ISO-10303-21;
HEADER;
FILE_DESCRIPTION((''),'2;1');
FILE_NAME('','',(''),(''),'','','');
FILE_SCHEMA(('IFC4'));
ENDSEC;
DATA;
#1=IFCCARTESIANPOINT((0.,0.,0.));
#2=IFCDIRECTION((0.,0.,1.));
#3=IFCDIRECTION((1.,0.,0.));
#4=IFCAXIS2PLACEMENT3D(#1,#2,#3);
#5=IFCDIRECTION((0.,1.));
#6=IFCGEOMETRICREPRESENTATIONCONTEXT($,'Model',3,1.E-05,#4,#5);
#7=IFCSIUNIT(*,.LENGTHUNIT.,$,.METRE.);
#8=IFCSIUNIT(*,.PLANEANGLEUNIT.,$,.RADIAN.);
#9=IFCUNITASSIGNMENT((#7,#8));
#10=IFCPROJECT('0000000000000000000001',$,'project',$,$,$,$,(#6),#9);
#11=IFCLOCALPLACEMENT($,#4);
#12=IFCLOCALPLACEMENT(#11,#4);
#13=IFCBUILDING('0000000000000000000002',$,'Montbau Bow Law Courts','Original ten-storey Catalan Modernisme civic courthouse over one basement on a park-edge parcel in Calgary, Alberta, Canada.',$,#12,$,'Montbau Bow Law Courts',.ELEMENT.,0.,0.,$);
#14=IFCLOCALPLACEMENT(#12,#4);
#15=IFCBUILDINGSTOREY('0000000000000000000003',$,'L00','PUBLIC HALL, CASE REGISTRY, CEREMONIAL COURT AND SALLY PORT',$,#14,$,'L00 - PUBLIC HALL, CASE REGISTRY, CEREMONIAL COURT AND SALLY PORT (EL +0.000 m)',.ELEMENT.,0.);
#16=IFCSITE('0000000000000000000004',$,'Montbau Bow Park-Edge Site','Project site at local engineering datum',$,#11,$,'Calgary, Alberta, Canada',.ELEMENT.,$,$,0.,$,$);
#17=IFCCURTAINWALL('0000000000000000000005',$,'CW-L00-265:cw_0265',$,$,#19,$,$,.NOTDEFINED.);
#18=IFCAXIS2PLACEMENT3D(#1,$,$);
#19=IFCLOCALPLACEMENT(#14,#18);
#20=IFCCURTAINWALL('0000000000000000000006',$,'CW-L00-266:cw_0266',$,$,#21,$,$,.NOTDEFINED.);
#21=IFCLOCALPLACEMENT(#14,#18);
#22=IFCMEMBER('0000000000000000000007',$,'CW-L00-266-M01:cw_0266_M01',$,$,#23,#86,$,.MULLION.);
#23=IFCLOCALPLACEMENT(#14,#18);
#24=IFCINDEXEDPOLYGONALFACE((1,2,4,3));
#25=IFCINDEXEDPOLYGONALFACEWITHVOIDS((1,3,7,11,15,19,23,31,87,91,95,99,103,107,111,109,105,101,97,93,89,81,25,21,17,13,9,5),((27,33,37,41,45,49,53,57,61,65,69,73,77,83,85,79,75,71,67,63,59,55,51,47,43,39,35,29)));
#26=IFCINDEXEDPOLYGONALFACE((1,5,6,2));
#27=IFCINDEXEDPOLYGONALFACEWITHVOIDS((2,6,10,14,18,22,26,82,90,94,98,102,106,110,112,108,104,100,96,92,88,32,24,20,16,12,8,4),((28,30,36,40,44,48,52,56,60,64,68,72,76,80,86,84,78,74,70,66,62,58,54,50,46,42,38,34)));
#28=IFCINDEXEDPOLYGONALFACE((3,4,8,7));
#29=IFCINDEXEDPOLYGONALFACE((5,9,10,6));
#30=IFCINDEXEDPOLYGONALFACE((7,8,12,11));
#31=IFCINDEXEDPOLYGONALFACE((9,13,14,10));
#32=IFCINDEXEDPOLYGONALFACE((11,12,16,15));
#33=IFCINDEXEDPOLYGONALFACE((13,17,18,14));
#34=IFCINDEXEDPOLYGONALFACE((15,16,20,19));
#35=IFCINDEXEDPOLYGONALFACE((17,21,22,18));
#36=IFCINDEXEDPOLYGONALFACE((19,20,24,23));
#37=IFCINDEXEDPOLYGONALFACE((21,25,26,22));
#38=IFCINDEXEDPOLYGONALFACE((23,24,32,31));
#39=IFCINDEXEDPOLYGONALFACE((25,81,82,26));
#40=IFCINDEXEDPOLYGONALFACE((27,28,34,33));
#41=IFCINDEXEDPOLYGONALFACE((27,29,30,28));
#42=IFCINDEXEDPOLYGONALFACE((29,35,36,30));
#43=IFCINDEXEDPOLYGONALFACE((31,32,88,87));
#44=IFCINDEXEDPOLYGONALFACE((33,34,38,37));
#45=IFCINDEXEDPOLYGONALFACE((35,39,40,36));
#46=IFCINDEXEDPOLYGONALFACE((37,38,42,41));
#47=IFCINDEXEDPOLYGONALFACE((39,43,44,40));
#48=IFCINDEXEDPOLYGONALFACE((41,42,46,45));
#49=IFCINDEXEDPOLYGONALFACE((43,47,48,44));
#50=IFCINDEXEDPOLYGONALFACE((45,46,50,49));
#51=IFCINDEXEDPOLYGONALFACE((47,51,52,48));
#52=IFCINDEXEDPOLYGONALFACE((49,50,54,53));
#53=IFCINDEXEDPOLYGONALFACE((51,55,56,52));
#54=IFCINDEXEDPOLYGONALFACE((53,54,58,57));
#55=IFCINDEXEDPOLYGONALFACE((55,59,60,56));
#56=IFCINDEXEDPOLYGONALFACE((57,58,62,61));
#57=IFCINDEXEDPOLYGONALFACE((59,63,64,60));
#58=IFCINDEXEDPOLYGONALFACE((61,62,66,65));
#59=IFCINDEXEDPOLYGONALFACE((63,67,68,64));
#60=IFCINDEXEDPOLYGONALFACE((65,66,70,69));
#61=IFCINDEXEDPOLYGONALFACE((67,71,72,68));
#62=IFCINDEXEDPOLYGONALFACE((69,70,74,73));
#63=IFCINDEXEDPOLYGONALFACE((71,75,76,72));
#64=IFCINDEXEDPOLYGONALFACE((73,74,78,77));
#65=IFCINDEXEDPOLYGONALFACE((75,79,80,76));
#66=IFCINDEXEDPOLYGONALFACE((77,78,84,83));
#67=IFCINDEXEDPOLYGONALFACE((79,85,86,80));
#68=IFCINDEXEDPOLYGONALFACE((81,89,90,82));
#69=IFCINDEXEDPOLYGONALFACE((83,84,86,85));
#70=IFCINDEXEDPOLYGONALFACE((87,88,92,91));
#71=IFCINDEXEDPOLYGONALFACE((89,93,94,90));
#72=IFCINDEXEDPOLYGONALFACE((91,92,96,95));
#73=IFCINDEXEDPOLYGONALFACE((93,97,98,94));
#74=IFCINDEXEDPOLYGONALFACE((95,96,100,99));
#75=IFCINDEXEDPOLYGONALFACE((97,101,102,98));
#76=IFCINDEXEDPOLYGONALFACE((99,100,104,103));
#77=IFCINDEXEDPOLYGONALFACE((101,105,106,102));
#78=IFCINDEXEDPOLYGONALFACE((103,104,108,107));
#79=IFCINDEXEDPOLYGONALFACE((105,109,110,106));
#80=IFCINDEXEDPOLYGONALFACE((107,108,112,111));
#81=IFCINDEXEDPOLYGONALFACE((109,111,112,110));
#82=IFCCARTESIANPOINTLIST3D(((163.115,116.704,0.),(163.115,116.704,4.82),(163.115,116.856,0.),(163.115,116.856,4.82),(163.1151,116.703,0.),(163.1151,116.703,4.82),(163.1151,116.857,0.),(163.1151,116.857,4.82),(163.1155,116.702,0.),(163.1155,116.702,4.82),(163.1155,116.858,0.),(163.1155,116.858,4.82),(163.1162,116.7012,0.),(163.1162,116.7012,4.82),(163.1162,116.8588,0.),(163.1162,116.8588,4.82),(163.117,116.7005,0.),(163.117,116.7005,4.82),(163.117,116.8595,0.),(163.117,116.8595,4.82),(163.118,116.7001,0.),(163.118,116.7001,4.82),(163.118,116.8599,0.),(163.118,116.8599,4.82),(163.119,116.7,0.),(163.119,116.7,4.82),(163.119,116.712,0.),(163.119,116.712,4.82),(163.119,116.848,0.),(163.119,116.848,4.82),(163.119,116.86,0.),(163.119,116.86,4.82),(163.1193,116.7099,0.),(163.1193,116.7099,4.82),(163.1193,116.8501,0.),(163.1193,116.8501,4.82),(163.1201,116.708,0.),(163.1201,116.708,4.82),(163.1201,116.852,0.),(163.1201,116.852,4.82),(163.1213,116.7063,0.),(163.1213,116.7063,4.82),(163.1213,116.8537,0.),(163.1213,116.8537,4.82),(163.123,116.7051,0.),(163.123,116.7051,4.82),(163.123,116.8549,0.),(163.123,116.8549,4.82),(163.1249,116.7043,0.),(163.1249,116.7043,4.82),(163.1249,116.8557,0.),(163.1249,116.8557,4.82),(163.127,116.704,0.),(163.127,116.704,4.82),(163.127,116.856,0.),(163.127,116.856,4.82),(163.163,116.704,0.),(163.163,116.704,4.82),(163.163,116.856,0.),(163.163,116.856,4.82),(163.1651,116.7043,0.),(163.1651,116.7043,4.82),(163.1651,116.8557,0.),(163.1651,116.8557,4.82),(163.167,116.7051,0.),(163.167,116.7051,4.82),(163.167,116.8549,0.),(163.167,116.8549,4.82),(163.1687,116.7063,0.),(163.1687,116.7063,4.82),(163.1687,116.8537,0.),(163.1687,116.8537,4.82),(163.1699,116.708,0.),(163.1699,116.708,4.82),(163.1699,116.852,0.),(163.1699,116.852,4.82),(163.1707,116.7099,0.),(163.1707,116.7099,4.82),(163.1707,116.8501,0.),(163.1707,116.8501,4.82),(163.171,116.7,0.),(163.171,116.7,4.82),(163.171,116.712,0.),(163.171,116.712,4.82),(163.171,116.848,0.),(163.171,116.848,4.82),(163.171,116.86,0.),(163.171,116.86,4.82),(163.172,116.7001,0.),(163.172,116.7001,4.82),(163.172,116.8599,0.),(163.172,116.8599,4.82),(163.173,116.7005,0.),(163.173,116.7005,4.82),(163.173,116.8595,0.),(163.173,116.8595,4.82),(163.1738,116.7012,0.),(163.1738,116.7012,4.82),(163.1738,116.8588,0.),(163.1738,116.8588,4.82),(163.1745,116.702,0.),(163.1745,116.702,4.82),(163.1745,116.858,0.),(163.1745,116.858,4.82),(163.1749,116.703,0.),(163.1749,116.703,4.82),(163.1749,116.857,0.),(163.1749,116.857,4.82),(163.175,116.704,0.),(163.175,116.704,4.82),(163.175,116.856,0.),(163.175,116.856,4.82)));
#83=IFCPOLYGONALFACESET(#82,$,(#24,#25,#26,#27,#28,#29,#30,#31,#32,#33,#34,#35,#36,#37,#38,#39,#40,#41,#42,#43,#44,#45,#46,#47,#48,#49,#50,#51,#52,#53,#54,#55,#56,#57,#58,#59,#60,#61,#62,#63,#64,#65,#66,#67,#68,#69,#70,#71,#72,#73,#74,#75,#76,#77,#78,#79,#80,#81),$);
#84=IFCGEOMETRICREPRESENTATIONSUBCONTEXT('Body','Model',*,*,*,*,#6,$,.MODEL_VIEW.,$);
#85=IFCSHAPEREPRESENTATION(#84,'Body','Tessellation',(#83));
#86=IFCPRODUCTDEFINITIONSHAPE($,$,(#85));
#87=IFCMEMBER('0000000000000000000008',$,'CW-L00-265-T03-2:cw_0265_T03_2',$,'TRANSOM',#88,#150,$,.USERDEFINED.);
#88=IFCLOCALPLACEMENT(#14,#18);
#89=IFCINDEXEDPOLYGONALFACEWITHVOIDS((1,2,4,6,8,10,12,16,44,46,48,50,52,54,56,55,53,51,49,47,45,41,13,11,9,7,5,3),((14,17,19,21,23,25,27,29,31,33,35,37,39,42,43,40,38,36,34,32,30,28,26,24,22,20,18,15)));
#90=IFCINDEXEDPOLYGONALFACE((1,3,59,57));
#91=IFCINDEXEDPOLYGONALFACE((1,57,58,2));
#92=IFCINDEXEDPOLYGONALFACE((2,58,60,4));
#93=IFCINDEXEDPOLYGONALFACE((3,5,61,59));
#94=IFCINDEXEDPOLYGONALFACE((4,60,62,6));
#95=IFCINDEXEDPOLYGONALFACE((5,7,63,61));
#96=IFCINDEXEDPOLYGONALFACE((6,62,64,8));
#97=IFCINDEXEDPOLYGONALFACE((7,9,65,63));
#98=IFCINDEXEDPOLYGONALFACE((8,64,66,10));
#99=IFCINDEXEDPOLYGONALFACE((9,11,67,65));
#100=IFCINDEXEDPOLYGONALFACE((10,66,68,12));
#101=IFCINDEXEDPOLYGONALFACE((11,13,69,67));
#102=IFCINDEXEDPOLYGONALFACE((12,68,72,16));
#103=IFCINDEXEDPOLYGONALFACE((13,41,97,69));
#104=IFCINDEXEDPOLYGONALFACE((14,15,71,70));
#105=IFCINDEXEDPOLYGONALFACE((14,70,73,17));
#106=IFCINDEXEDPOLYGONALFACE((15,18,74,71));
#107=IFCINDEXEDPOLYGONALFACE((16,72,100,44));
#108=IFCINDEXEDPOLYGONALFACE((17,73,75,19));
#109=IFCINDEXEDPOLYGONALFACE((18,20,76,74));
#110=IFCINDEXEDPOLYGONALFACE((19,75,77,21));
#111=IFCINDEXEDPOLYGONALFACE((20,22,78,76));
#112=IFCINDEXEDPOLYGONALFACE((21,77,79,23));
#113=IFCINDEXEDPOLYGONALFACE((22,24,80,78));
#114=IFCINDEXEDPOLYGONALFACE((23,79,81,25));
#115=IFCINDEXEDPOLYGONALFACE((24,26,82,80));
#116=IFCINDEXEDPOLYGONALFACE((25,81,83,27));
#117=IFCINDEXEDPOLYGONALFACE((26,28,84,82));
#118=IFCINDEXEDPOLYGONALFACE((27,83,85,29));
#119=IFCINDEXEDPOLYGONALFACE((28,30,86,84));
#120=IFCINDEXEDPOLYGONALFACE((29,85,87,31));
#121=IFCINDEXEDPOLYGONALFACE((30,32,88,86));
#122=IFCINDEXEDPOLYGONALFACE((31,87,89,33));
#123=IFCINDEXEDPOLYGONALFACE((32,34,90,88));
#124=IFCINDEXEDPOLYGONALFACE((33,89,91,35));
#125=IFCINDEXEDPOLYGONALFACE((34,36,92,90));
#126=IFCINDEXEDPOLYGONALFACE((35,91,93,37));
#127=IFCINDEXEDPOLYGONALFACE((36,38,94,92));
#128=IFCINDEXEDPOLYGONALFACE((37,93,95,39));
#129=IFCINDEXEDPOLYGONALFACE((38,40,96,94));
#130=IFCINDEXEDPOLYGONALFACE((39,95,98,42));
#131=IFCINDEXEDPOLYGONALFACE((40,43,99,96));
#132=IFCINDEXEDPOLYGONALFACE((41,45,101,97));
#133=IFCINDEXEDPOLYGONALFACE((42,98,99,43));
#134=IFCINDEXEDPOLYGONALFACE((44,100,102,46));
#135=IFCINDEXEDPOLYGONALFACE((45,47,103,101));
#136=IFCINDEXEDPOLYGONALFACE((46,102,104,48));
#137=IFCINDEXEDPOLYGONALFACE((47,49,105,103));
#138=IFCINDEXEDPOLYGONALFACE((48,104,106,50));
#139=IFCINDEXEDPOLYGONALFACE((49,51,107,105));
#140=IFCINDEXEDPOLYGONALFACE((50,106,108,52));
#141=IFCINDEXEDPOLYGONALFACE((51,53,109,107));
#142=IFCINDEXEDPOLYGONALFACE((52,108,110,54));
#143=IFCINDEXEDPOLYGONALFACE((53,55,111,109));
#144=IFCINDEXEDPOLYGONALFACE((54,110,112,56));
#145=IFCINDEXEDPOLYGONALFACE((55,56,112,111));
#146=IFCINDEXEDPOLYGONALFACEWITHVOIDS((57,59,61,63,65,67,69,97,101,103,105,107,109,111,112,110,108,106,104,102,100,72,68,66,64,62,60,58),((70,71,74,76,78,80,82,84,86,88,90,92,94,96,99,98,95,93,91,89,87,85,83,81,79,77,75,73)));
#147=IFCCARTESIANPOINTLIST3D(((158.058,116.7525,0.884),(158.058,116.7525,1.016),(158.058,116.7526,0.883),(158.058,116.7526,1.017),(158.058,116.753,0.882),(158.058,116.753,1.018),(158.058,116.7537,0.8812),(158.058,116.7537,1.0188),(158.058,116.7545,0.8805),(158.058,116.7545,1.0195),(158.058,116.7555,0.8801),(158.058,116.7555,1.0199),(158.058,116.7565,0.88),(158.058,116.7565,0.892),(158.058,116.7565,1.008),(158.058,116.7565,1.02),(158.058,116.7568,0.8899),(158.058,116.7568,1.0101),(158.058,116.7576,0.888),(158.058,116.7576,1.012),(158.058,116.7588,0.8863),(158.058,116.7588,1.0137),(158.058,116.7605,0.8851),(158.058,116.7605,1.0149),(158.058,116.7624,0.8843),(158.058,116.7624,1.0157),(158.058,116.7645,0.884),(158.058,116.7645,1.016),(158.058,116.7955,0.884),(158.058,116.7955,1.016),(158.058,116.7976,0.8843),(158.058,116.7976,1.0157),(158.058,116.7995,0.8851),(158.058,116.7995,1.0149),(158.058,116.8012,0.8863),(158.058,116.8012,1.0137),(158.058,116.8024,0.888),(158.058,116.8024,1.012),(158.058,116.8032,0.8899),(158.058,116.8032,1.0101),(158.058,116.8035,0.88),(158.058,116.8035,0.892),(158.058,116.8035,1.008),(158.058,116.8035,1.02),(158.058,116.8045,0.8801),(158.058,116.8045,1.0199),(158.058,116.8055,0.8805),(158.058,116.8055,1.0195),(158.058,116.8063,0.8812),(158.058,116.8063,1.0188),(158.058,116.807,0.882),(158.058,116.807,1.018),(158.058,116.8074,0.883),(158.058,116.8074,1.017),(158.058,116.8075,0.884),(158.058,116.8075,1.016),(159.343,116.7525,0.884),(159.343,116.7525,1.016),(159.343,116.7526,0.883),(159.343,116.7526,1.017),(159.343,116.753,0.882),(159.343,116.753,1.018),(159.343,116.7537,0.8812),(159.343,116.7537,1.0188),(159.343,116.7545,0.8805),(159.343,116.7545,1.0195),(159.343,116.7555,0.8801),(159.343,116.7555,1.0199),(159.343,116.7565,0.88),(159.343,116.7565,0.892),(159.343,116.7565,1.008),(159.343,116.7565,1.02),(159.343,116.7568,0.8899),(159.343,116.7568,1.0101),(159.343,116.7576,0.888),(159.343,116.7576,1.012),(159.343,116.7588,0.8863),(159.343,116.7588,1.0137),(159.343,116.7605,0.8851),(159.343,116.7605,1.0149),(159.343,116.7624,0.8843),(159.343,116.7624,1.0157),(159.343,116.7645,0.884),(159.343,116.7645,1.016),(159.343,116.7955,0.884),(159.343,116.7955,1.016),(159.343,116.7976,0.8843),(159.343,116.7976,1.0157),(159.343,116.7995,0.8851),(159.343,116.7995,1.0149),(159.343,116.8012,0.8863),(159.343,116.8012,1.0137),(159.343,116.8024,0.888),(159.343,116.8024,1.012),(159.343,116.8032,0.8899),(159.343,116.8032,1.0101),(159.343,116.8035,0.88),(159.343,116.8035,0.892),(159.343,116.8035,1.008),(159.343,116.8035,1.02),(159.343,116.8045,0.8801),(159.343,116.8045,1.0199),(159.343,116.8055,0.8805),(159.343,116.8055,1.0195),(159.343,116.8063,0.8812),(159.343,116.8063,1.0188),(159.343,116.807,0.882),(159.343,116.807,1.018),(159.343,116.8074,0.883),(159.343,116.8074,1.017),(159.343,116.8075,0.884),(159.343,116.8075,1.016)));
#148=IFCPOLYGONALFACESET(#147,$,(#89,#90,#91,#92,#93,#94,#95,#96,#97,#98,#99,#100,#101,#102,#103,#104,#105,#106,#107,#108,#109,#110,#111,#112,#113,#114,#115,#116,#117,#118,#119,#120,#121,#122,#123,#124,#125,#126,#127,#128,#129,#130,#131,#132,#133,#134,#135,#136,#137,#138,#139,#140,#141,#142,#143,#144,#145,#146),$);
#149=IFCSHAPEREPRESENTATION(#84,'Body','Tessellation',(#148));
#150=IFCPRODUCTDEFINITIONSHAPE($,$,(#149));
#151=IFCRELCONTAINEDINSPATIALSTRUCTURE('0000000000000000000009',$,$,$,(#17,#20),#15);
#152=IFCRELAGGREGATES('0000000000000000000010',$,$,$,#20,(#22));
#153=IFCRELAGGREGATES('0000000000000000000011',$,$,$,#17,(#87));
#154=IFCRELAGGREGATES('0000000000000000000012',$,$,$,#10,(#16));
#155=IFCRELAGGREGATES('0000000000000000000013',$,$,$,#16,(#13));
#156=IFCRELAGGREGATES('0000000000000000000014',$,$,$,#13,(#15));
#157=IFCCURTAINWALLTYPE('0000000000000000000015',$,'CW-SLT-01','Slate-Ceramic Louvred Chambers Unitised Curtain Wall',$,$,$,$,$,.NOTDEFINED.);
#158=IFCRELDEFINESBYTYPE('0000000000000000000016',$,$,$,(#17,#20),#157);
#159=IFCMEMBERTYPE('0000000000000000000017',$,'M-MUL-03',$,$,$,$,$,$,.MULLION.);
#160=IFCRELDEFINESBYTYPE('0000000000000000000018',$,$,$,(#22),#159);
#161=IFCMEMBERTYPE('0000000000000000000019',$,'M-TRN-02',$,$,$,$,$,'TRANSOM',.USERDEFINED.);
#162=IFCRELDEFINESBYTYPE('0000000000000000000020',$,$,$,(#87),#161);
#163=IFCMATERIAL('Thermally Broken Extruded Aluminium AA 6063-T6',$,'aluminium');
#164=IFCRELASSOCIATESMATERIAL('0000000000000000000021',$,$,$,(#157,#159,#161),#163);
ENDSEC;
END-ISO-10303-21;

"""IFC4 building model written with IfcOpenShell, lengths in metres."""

from ifc_helpers import new_model, si_unit, direction, frame, origin_with_axes, origin_2d_with_axis, place, context, subcontext, project, spatial, hollow_rectangle, extrude, material, material_profile, profile_set, type_object, element, aggregate, save


model = new_model("IFC4")

# Units and contexts
model_context = context("Model", 3, precision=1e-05, world=origin_with_axes(), true_north=direction((0.0, 1.0)))
body_context = subcontext(model_context, "Body", "Model", "MODEL_VIEW")
ifc_project = project(units=[si_unit("LENGTHUNIT", "METRE"), si_unit("PLANEANGLEUNIT", "RADIAN")], contexts=[model_context])

# Site, building, storey
site_placement = place(None, origin_with_axes())
site = spatial("IfcSite", under=ifc_project, at=site_placement, Name="Montbau Bow Park-Edge Site", Description="Project site at local engineering datum", LongName="Calgary, Alberta, Canada", CompositionType="ELEMENT", RefElevation=0.0)
building_placement = place(site_placement, origin_with_axes())
building = spatial("IfcBuilding", under=site, at=building_placement, Name="Montbau Bow Law Courts", Description="Original ten-storey Catalan Modernisme civic courthouse over one basement on a park-edge parcel in Calgary, Alberta, Canada.", LongName="Montbau Bow Law Courts", CompositionType="ELEMENT", ElevationOfRefHeight=0.0, ElevationOfTerrain=0.0)
storey_placement = place(building_placement, origin_with_axes())
storey = spatial("IfcBuildingStorey", under=building, at=storey_placement, Name="L00", Description="PUBLIC HALL, CASE REGISTRY, CEREMONIAL COURT AND SALLY PORT", LongName="L00 - PUBLIC HALL, CASE REGISTRY, CEREMONIAL COURT AND SALLY PORT (EL +0.000 m)", CompositionType="ELEMENT", Elevation=0.0)

# Curtain wall
ifc_material_1 = material(Name="Thermally Broken Extruded Aluminium AA 6063-T6", Category="aluminium")
curtain_wall_type = type_object("IfcCurtainWallType", Name="CW-SLT-01", Description="Slate-Ceramic Louvred Chambers Unitised Curtain Wall", PredefinedType="NOTDEFINED", material=ifc_material_1)
curtain_wall_1_placement = place(None, frame((155.315, 116.78, 0.0), z_axis=(0.0, 0.0, 1.0), x_axis=(1.0, 0.0, 0.0)))
curtain_wall_1 = element("IfcCurtainWall", 1, at=curtain_wall_1_placement, inside=storey, type_object=curtain_wall_type, Name="CW-L00-265:cw_0265", PredefinedType="NOTDEFINED")

# Curtain wall, member
curtain_wall_2_placement = place(None, frame((163.115, 116.78, 0.0), z_axis=(0.0, 0.0, 1.0), x_axis=(1.0, 0.0, 0.0)))
curtain_wall_2 = element("IfcCurtainWall", 2, at=curtain_wall_2_placement, inside=storey, type_object=curtain_wall_type, Name="CW-L00-266:cw_0266", PredefinedType="NOTDEFINED")
ifc_material_profile_1 = material_profile(ifc_material_1, hollow_rectangle(XDim=0.06, YDim=0.16, WallThickness=0.004, InnerFilletRadius=0.008, OuterFilletRadius=0.004, at=origin_2d_with_axis()), Name="CWM-160X60", Category="Main", Priority=0)
ifc_profile_set_1 = profile_set([ifc_material_profile_1], Name="Thermally Broken Extruded Aluminium AA 6063-T6")
member_type_1 = type_object("IfcMemberType", Name="M-MUL-03", PredefinedType="MULLION", material=ifc_profile_set_1)
member_1_placement = place(None, frame((163.145, 116.78, 0.0), z_axis=(0.0, 0.0, 1.0), x_axis=(1.0, 0.0, 0.0)))
member_1 = element("IfcMember", 3, at=member_1_placement, type_object=member_type_1, Name="CW-L00-266-M01:cw_0266_M01", PredefinedType="MULLION", context=body_context, shape_type="SweptSolid", body=[
    extrude(hollow_rectangle(XDim=0.06, YDim=0.16, WallThickness=0.004, InnerFilletRadius=0.008, OuterFilletRadius=0.004, at=origin_2d_with_axis()), origin_with_axes(), (0.0, 0.0, 1.0), 4.82),
])
aggregate(curtain_wall_2, [member_1])

# Member
ifc_material_profile_2 = material_profile(ifc_material_1, hollow_rectangle(XDim=0.055, YDim=0.14, WallThickness=0.004, InnerFilletRadius=0.008, OuterFilletRadius=0.004, at=origin_2d_with_axis()), Name="CWT-140X55", Category="Main", Priority=0)
ifc_profile_set_2 = profile_set([ifc_material_profile_2], Name="Thermally Broken Extruded Aluminium AA 6063-T6")
member_type_2 = type_object("IfcMemberType", Name="M-TRN-02", ElementType="TRANSOM", PredefinedType="USERDEFINED", material=ifc_profile_set_2)
member_2_placement = place(None, frame((158.058, 116.78, 0.95), z_axis=(1.0, 0.0, 0.0), x_axis=(0.0, 1.0, 0.0)))
member_2 = element("IfcMember", 4, at=member_2_placement, type_object=member_type_2, Name="CW-L00-265-T03-2:cw_0265_T03_2", ObjectType="TRANSOM", PredefinedType="USERDEFINED", context=body_context, shape_type="SweptSolid", body=[
    extrude(hollow_rectangle(XDim=0.055, YDim=0.14, WallThickness=0.004, InnerFilletRadius=0.008, OuterFilletRadius=0.004, at=origin_2d_with_axis()), origin_with_axes(), (0.0, 0.0, 1.0), 1.285),
])

aggregate(curtain_wall_1, [member_2])

save(model, "model.ifc")
